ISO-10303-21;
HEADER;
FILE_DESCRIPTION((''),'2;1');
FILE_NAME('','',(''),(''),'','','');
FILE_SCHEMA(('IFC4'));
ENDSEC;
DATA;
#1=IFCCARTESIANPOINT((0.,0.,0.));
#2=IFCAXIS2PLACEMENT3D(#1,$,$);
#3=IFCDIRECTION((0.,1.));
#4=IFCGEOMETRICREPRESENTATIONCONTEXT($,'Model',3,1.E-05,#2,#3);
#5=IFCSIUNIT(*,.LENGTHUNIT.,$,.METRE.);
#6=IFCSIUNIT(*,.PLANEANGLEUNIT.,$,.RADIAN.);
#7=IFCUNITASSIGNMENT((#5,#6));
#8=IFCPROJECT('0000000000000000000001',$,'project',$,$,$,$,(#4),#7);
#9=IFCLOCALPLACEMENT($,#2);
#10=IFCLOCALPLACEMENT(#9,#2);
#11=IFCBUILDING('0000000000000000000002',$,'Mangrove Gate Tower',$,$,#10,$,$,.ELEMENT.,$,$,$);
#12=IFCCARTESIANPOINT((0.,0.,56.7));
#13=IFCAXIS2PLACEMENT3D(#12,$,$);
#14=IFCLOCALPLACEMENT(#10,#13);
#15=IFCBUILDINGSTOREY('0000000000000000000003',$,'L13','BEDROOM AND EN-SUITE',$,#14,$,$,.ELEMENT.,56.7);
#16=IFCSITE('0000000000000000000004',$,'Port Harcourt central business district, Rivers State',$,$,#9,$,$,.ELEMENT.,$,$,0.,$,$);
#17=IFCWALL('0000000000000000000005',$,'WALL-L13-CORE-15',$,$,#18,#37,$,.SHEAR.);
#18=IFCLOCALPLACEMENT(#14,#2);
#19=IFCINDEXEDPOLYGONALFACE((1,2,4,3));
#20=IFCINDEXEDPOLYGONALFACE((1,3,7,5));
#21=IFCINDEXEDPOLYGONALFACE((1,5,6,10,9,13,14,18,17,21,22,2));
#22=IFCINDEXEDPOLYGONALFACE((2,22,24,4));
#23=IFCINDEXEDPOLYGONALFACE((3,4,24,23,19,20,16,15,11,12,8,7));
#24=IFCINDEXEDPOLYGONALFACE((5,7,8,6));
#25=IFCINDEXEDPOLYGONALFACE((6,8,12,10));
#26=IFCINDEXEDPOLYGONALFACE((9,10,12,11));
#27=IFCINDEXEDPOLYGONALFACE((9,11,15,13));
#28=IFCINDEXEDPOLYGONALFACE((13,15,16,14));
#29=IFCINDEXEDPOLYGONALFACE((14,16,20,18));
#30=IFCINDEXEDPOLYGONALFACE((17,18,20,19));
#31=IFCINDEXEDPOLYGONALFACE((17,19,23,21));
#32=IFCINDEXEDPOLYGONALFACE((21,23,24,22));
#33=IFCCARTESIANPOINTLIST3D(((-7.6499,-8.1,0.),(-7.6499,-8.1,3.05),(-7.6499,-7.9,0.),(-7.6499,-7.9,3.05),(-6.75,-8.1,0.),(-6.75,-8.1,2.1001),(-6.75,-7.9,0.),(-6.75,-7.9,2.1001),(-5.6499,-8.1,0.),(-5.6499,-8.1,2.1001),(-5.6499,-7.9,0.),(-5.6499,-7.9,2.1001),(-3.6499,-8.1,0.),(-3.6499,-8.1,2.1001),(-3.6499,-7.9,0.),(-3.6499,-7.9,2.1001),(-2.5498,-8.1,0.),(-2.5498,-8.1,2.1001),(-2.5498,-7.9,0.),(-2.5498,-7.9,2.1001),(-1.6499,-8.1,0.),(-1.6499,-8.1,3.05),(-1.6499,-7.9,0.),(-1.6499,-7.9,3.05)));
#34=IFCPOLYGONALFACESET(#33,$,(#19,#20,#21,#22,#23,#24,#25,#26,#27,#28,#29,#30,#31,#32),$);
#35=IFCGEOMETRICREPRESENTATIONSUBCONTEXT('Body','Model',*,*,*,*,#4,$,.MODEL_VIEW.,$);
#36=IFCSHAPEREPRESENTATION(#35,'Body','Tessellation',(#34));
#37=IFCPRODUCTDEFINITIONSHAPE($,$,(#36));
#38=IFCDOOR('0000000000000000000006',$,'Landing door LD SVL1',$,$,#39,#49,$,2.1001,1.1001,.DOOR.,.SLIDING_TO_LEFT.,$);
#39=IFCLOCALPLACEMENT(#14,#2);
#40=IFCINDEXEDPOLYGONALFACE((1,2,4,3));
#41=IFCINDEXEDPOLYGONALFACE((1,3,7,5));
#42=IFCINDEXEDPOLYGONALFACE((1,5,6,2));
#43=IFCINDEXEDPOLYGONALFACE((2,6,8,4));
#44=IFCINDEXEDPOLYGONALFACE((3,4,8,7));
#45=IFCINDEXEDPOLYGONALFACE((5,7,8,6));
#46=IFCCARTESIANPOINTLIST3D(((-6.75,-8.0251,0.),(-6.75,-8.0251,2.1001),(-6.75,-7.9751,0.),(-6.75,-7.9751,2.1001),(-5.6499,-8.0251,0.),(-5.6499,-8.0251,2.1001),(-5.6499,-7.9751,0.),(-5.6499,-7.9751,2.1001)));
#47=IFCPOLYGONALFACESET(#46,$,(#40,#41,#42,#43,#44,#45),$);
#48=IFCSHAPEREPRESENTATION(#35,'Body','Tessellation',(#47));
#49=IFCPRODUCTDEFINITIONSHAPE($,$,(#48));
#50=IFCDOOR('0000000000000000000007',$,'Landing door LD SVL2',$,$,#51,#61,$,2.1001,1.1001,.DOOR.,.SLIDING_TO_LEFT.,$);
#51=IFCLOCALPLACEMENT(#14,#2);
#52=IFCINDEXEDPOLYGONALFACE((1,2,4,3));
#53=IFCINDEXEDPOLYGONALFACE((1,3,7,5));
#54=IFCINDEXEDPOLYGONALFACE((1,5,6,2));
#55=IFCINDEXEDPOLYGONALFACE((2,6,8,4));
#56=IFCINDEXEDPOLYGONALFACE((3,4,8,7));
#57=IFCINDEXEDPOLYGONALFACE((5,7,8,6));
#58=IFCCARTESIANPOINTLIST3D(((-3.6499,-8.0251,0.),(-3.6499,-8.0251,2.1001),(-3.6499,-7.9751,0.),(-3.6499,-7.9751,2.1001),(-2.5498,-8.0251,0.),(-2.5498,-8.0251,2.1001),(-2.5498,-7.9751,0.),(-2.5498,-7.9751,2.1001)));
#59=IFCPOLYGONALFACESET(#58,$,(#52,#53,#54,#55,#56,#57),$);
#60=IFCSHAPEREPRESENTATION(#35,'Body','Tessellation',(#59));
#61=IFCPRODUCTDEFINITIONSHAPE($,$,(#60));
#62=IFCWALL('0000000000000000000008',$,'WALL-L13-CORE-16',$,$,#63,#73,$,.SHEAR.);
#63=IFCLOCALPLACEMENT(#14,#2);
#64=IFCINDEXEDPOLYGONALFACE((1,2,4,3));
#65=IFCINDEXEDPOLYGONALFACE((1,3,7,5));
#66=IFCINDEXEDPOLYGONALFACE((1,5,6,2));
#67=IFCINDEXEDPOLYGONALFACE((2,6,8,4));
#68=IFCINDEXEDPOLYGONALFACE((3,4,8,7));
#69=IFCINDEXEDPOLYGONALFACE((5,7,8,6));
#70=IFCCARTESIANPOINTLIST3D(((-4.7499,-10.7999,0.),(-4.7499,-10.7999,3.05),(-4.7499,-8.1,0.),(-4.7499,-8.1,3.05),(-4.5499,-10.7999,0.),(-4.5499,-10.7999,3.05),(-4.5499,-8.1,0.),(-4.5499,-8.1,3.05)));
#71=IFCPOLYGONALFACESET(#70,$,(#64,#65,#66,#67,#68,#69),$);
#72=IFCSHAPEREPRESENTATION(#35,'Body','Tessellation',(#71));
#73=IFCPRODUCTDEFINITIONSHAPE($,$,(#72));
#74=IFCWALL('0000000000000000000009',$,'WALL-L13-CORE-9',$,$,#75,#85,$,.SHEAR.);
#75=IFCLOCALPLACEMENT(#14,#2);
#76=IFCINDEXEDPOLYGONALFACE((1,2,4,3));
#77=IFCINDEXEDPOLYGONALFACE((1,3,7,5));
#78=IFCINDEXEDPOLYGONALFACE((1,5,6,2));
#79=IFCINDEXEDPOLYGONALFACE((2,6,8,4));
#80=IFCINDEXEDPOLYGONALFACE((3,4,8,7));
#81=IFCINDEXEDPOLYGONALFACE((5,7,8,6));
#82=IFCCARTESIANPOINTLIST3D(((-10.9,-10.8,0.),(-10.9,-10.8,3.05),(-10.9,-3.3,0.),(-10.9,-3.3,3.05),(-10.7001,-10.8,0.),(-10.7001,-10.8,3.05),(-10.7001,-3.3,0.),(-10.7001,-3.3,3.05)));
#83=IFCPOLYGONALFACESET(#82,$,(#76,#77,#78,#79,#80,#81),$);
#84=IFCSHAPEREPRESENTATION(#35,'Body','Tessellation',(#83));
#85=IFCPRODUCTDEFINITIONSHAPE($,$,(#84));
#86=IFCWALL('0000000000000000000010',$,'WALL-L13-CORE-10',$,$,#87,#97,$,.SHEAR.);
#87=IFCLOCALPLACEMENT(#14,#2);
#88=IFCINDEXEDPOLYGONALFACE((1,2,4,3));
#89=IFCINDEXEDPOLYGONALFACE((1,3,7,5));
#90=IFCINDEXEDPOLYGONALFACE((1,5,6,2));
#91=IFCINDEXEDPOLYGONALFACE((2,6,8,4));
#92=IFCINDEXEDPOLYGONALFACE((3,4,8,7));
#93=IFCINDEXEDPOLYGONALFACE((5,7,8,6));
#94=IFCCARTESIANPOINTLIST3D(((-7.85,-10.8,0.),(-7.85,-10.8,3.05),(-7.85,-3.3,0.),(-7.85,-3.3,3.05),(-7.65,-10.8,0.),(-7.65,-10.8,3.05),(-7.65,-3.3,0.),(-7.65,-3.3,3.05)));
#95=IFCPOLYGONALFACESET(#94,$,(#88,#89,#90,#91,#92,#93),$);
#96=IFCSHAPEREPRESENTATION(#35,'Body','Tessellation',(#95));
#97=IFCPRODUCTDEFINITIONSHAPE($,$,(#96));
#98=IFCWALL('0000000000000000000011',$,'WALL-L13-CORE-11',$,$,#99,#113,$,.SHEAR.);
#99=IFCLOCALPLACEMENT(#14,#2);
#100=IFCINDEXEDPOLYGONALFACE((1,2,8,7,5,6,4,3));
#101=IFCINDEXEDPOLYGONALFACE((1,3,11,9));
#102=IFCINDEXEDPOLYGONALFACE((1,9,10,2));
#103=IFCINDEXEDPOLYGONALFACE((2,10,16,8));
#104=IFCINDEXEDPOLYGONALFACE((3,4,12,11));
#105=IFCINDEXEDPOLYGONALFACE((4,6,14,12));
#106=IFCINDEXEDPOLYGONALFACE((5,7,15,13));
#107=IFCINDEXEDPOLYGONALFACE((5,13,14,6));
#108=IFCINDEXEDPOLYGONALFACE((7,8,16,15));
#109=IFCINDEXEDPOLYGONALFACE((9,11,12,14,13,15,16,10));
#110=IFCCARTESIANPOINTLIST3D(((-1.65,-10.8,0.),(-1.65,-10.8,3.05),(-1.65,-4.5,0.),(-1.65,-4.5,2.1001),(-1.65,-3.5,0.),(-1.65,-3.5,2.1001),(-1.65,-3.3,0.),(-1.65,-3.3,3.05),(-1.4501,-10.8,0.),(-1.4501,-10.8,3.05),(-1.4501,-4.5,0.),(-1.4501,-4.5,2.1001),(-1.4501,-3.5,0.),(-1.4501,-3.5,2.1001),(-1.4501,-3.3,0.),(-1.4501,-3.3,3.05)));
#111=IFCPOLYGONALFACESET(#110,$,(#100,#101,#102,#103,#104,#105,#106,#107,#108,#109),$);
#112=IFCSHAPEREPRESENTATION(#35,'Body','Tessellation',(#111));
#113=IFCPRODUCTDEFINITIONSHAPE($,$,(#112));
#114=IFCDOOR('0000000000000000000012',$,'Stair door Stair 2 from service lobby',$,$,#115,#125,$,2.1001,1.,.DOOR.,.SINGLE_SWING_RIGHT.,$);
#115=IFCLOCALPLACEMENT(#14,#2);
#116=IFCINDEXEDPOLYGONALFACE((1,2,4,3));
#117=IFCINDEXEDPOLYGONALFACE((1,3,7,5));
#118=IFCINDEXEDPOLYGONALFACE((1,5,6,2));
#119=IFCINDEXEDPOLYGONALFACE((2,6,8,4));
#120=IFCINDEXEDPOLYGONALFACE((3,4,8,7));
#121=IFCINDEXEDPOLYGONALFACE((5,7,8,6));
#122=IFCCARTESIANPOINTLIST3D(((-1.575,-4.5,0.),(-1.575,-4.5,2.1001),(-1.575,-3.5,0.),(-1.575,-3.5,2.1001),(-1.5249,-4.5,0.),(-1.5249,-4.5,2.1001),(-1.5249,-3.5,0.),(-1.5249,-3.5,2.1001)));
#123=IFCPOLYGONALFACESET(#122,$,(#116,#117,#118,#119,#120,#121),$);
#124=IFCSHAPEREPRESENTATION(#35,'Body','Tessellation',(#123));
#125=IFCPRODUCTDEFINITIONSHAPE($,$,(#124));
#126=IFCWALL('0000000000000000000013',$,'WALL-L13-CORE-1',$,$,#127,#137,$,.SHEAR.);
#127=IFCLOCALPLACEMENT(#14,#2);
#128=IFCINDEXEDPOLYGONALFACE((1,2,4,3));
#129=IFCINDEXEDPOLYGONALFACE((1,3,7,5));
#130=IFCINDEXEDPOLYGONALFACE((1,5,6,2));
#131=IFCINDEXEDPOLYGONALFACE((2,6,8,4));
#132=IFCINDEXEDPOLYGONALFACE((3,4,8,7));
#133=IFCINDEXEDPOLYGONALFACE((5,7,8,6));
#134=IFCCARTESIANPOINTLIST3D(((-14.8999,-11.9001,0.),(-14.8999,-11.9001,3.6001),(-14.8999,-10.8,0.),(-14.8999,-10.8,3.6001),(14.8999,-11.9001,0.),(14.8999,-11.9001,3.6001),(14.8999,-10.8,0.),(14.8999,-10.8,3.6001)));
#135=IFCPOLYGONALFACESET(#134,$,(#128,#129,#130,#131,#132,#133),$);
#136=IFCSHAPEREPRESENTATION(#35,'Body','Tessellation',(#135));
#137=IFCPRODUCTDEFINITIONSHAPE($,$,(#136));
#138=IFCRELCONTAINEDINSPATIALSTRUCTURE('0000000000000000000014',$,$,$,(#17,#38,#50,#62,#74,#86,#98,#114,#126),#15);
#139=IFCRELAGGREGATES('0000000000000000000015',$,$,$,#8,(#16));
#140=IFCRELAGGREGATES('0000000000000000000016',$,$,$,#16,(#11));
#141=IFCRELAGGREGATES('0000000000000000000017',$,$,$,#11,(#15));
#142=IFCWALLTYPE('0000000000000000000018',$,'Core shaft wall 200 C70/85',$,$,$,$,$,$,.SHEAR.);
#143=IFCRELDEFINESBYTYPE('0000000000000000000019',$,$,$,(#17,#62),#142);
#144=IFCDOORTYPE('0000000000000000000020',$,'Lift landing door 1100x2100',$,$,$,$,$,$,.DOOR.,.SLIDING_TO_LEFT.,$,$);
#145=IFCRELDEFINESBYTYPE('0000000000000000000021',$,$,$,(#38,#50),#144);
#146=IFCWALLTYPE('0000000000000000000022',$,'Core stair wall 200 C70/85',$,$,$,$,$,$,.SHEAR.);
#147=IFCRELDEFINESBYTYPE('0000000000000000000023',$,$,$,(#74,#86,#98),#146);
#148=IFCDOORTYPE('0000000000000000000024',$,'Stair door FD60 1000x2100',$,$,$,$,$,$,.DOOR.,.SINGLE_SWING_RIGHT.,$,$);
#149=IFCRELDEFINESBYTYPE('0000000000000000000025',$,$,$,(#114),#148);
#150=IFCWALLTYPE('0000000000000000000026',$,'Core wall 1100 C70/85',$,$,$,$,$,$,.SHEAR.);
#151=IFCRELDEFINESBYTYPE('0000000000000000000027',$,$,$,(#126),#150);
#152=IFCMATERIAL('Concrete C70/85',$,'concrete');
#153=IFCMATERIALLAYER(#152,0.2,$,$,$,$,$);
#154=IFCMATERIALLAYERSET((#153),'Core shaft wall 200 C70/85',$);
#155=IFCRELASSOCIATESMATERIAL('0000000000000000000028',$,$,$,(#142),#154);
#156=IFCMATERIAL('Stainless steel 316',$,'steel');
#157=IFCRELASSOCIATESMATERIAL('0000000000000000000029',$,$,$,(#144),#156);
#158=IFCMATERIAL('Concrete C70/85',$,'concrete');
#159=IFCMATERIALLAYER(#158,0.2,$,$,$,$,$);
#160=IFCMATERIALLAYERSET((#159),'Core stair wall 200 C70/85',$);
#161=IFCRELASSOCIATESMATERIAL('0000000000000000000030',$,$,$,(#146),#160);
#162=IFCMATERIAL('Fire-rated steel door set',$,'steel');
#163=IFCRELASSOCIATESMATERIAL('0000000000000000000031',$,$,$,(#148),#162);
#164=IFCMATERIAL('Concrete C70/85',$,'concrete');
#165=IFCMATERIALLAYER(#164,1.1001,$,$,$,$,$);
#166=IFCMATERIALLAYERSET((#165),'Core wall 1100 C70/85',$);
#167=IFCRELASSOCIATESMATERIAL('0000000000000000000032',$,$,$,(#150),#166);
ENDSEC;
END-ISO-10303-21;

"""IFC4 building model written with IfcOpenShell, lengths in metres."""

from ifc_helpers import new_model, si_unit, direction, frame, frame_2d, origin, place, context, subcontext, project, spatial, rectangle, extrude, material, layer, layer_set, type_object, element, fill, save


model = new_model("IFC4")

# Units and contexts
model_context = context("Model", 3, precision=1e-05, world=origin(), true_north=direction((0.0, 1.0)))
body_context = subcontext(model_context, "Body", "Model", "MODEL_VIEW")
ifc_project = project(units=[si_unit("LENGTHUNIT", "METRE"), si_unit("PLANEANGLEUNIT", "RADIAN")], contexts=[model_context])

# Site, building, storey
site_placement = place(None, origin())
site = spatial("IfcSite", under=ifc_project, at=site_placement, Name="Port Harcourt central business district, Rivers State", CompositionType="ELEMENT", RefElevation=0.0)
building_placement = place(site_placement, origin())
building = spatial("IfcBuilding", under=site, at=building_placement, Name="Mangrove Gate Tower", CompositionType="ELEMENT")
storey_placement = place(building_placement, frame((0.0, 0.0, 56.7)))
storey = spatial("IfcBuildingStorey", under=building, at=storey_placement, Name="L13", Description="BEDROOM AND EN-SUITE", CompositionType="ELEMENT", Elevation=56.7)

# Wall, openings, doors
ifc_material_1 = material(Name="Concrete C70/85", Category="concrete")
ifc_layer_1 = layer(ifc_material_1, 0.2)
ifc_layer_set_1 = layer_set([ifc_layer_1], Name="Core shaft wall 200 C70/85")
wall_type_1 = type_object("IfcWallType", Name="Core shaft wall 200 C70/85", PredefinedType="SHEAR", material=ifc_layer_set_1)
wall_1_placement = place(storey_placement, frame((-7.6499, -8.0, 0.0), z_axis=(0.0, 0.0, 1.0), x_axis=(1.0, 0.0, 0.0)))
wall_1 = element("IfcWall", 1, at=wall_1_placement, inside=storey, type_object=wall_type_1, Name="WALL-L13-CORE-15", PredefinedType="SHEAR", context=body_context, shape_type="SweptSolid", body=[
    extrude(rectangle(XDim=6.0, YDim=0.2, at=frame_2d((3.0, 0.0))), origin(), (0.0, 0.0, 1.0), 3.05),
])
opening_1_placement = place(wall_1_placement, frame((0.8999, 0.0, 0.0)))
opening_1 = element("IfcOpeningElement", 2, at=opening_1_placement, cuts=wall_1, PredefinedType="OPENING", context=body_context, shape_type="SweptSolid", body=[
    extrude(rectangle(XDim=1.1001, YDim=2.1001, at=frame_2d((0.55, 1.05))), frame((0.0, 0.1099, 0.0), z_axis=(0.0, -1.0, 0.0), x_axis=(1.0, 0.0, 0.0)), (0.0, 0.0, 1.0), 0.22),
])
opening_2_placement = place(wall_1_placement, frame((4.0, 0.0, 0.0)))
opening_2 = element("IfcOpeningElement", 3, at=opening_2_placement, cuts=wall_1, PredefinedType="OPENING", context=body_context, shape_type="SweptSolid", body=[
    extrude(rectangle(XDim=1.1001, YDim=2.1001, at=frame_2d((0.55, 1.05))), frame((0.0, 0.1099, 0.0), z_axis=(0.0, -1.0, 0.0), x_axis=(1.0, 0.0, 0.0)), (0.0, 0.0, 1.0), 0.22),
])
ifc_material_2 = material(Name="Stainless steel 316", Category="steel")
door_type_1 = type_object("IfcDoorType", Name="Lift landing door 1100x2100", OperationType="SLIDING_TO_LEFT", PredefinedType="DOOR", material=ifc_material_2)
door_1_placement = place(opening_1_placement, origin())
door_1 = element("IfcDoor", 4, at=door_1_placement, inside=storey, type_object=door_type_1, Name="Landing door LD SVL1", OperationType="SLIDING_TO_LEFT", OverallHeight=2.1001, OverallWidth=1.1001, PredefinedType="DOOR", context=body_context, shape_type="SweptSolid", body=[
    extrude(rectangle(XDim=1.1001, YDim=2.1001, at=frame_2d((0.55, 1.05))), frame((0.0, 0.0249, 0.0), z_axis=(0.0, -1.0, 0.0), x_axis=(1.0, 0.0, 0.0)), (0.0, 0.0, 1.0), 0.05),
])
fill(opening_1, door_1)
door_2_placement = place(opening_2_placement, origin())
door_2 = element("IfcDoor", 5, at=door_2_placement, inside=storey, type_object=door_type_1, Name="Landing door LD SVL2", OperationType="SLIDING_TO_LEFT", OverallHeight=2.1001, OverallWidth=1.1001, PredefinedType="DOOR", context=body_context, shape_type="SweptSolid", body=[
    extrude(rectangle(XDim=1.1001, YDim=2.1001, at=frame_2d((0.55, 1.05))), frame((0.0, 0.0249, 0.0), z_axis=(0.0, -1.0, 0.0), x_axis=(1.0, 0.0, 0.0)), (0.0, 0.0, 1.0), 0.05),
])
fill(opening_2, door_2)

# Walls
wall_2_placement = place(storey_placement, frame((-4.6499, -10.8, 0.0), z_axis=(0.0, 0.0, 1.0), x_axis=(0.0, 1.0, 0.0)))
element("IfcWall", 6, at=wall_2_placement, inside=storey, type_object=wall_type_1, Name="WALL-L13-CORE-16", PredefinedType="SHEAR", context=body_context, shape_type="SweptSolid", body=[
    extrude(rectangle(XDim=2.7, YDim=0.2, at=frame_2d((1.3501, 0.0))), origin(), (0.0, 0.0, 1.0), 3.05),
])
ifc_material_3 = material(Name="Concrete C70/85", Category="concrete")
ifc_layer_2 = layer(ifc_material_3, 0.2)
ifc_layer_set_2 = layer_set([ifc_layer_2], Name="Core stair wall 200 C70/85")
wall_type_2 = type_object("IfcWallType", Name="Core stair wall 200 C70/85", PredefinedType="SHEAR", material=ifc_layer_set_2)
for number, where, z_axis, x_axis, name in (
    (7, (-10.8, -10.8, 0.0), (0.0, 0.0, 1.0), (0.0, 1.0, 0.0), "WALL-L13-CORE-9"),
    (8, (-7.75, -10.8, 0.0), (0.0, 0.0, 1.0), (0.0, 1.0, 0.0), "WALL-L13-CORE-10"),
):
    element("IfcWall", number, at=place(storey_placement, frame(where, z_axis=z_axis, x_axis=x_axis)), inside=storey, type_object=wall_type_2, Name=name, PredefinedType="SHEAR", context=body_context, shape_type="SweptSolid", body=[
        extrude(rectangle(XDim=7.5, YDim=0.2, at=frame_2d((3.75, 0.0))), origin(), (0.0, 0.0, 1.0), 3.05),
    ])

# Wall, opening, door
wall_3_placement = place(storey_placement, frame((-1.55, -10.8, 0.0), z_axis=(0.0, 0.0, 1.0), x_axis=(0.0, 1.0, 0.0)))
wall_3 = element("IfcWall", 9, at=wall_3_placement, inside=storey, type_object=wall_type_2, Name="WALL-L13-CORE-11", PredefinedType="SHEAR", context=body_context, shape_type="SweptSolid", body=[
    extrude(rectangle(XDim=7.5, YDim=0.2, at=frame_2d((3.75, 0.0))), origin(), (0.0, 0.0, 1.0), 3.05),
])
opening_3_placement = place(wall_3_placement, frame((6.3, 0.0, 0.0)))
opening_3 = element("IfcOpeningElement", 10, at=opening_3_placement, cuts=wall_3, PredefinedType="OPENING", context=body_context, shape_type="SweptSolid", body=[
    extrude(rectangle(XDim=1.0, YDim=2.1001, at=frame_2d((0.5, 1.05))), frame((0.0, 0.1099, 0.0), z_axis=(0.0, -1.0, 0.0), x_axis=(1.0, 0.0, 0.0)), (0.0, 0.0, 1.0), 0.22),
])
ifc_material_4 = material(Name="Fire-rated steel door set", Category="steel")
door_type_2 = type_object("IfcDoorType", Name="Stair door FD60 1000x2100", OperationType="SINGLE_SWING_RIGHT", PredefinedType="DOOR", material=ifc_material_4)
door_3_placement = place(opening_3_placement, origin())
door_3 = element("IfcDoor", 11, at=door_3_placement, inside=storey, type_object=door_type_2, Name="Stair door Stair 2 from service lobby", OperationType="SINGLE_SWING_RIGHT", OverallHeight=2.1001, OverallWidth=1.0, PredefinedType="DOOR", context=body_context, shape_type="SweptSolid", body=[
    extrude(rectangle(XDim=1.0, YDim=2.1001, at=frame_2d((0.5, 1.05))), frame((0.0, 0.0249, 0.0), z_axis=(0.0, -1.0, 0.0), x_axis=(1.0, 0.0, 0.0)), (0.0, 0.0, 1.0), 0.05),
])
fill(opening_3, door_3)

# Wall
ifc_material_5 = material(Name="Concrete C70/85", Category="concrete")
ifc_layer_3 = layer(ifc_material_5, 1.1001)
ifc_layer_set_3 = layer_set([ifc_layer_3], Name="Core wall 1100 C70/85")
wall_type_3 = type_object("IfcWallType", Name="Core wall 1100 C70/85", PredefinedType="SHEAR", material=ifc_layer_set_3)
wall_4_placement = place(storey_placement, frame((-14.8999, -11.3501, 0.0), z_axis=(0.0, 0.0, 1.0), x_axis=(1.0, 0.0, 0.0)))
element("IfcWall", 12, at=wall_4_placement, inside=storey, type_object=wall_type_3, Name="WALL-L13-CORE-1", PredefinedType="SHEAR", context=body_context, shape_type="SweptSolid", body=[
    extrude(rectangle(XDim=29.7998, YDim=1.1001, at=frame_2d((14.8999, 0.0))), origin(), (0.0, 0.0, 1.0), 3.6001),
])

save(model, "model.ifc")
